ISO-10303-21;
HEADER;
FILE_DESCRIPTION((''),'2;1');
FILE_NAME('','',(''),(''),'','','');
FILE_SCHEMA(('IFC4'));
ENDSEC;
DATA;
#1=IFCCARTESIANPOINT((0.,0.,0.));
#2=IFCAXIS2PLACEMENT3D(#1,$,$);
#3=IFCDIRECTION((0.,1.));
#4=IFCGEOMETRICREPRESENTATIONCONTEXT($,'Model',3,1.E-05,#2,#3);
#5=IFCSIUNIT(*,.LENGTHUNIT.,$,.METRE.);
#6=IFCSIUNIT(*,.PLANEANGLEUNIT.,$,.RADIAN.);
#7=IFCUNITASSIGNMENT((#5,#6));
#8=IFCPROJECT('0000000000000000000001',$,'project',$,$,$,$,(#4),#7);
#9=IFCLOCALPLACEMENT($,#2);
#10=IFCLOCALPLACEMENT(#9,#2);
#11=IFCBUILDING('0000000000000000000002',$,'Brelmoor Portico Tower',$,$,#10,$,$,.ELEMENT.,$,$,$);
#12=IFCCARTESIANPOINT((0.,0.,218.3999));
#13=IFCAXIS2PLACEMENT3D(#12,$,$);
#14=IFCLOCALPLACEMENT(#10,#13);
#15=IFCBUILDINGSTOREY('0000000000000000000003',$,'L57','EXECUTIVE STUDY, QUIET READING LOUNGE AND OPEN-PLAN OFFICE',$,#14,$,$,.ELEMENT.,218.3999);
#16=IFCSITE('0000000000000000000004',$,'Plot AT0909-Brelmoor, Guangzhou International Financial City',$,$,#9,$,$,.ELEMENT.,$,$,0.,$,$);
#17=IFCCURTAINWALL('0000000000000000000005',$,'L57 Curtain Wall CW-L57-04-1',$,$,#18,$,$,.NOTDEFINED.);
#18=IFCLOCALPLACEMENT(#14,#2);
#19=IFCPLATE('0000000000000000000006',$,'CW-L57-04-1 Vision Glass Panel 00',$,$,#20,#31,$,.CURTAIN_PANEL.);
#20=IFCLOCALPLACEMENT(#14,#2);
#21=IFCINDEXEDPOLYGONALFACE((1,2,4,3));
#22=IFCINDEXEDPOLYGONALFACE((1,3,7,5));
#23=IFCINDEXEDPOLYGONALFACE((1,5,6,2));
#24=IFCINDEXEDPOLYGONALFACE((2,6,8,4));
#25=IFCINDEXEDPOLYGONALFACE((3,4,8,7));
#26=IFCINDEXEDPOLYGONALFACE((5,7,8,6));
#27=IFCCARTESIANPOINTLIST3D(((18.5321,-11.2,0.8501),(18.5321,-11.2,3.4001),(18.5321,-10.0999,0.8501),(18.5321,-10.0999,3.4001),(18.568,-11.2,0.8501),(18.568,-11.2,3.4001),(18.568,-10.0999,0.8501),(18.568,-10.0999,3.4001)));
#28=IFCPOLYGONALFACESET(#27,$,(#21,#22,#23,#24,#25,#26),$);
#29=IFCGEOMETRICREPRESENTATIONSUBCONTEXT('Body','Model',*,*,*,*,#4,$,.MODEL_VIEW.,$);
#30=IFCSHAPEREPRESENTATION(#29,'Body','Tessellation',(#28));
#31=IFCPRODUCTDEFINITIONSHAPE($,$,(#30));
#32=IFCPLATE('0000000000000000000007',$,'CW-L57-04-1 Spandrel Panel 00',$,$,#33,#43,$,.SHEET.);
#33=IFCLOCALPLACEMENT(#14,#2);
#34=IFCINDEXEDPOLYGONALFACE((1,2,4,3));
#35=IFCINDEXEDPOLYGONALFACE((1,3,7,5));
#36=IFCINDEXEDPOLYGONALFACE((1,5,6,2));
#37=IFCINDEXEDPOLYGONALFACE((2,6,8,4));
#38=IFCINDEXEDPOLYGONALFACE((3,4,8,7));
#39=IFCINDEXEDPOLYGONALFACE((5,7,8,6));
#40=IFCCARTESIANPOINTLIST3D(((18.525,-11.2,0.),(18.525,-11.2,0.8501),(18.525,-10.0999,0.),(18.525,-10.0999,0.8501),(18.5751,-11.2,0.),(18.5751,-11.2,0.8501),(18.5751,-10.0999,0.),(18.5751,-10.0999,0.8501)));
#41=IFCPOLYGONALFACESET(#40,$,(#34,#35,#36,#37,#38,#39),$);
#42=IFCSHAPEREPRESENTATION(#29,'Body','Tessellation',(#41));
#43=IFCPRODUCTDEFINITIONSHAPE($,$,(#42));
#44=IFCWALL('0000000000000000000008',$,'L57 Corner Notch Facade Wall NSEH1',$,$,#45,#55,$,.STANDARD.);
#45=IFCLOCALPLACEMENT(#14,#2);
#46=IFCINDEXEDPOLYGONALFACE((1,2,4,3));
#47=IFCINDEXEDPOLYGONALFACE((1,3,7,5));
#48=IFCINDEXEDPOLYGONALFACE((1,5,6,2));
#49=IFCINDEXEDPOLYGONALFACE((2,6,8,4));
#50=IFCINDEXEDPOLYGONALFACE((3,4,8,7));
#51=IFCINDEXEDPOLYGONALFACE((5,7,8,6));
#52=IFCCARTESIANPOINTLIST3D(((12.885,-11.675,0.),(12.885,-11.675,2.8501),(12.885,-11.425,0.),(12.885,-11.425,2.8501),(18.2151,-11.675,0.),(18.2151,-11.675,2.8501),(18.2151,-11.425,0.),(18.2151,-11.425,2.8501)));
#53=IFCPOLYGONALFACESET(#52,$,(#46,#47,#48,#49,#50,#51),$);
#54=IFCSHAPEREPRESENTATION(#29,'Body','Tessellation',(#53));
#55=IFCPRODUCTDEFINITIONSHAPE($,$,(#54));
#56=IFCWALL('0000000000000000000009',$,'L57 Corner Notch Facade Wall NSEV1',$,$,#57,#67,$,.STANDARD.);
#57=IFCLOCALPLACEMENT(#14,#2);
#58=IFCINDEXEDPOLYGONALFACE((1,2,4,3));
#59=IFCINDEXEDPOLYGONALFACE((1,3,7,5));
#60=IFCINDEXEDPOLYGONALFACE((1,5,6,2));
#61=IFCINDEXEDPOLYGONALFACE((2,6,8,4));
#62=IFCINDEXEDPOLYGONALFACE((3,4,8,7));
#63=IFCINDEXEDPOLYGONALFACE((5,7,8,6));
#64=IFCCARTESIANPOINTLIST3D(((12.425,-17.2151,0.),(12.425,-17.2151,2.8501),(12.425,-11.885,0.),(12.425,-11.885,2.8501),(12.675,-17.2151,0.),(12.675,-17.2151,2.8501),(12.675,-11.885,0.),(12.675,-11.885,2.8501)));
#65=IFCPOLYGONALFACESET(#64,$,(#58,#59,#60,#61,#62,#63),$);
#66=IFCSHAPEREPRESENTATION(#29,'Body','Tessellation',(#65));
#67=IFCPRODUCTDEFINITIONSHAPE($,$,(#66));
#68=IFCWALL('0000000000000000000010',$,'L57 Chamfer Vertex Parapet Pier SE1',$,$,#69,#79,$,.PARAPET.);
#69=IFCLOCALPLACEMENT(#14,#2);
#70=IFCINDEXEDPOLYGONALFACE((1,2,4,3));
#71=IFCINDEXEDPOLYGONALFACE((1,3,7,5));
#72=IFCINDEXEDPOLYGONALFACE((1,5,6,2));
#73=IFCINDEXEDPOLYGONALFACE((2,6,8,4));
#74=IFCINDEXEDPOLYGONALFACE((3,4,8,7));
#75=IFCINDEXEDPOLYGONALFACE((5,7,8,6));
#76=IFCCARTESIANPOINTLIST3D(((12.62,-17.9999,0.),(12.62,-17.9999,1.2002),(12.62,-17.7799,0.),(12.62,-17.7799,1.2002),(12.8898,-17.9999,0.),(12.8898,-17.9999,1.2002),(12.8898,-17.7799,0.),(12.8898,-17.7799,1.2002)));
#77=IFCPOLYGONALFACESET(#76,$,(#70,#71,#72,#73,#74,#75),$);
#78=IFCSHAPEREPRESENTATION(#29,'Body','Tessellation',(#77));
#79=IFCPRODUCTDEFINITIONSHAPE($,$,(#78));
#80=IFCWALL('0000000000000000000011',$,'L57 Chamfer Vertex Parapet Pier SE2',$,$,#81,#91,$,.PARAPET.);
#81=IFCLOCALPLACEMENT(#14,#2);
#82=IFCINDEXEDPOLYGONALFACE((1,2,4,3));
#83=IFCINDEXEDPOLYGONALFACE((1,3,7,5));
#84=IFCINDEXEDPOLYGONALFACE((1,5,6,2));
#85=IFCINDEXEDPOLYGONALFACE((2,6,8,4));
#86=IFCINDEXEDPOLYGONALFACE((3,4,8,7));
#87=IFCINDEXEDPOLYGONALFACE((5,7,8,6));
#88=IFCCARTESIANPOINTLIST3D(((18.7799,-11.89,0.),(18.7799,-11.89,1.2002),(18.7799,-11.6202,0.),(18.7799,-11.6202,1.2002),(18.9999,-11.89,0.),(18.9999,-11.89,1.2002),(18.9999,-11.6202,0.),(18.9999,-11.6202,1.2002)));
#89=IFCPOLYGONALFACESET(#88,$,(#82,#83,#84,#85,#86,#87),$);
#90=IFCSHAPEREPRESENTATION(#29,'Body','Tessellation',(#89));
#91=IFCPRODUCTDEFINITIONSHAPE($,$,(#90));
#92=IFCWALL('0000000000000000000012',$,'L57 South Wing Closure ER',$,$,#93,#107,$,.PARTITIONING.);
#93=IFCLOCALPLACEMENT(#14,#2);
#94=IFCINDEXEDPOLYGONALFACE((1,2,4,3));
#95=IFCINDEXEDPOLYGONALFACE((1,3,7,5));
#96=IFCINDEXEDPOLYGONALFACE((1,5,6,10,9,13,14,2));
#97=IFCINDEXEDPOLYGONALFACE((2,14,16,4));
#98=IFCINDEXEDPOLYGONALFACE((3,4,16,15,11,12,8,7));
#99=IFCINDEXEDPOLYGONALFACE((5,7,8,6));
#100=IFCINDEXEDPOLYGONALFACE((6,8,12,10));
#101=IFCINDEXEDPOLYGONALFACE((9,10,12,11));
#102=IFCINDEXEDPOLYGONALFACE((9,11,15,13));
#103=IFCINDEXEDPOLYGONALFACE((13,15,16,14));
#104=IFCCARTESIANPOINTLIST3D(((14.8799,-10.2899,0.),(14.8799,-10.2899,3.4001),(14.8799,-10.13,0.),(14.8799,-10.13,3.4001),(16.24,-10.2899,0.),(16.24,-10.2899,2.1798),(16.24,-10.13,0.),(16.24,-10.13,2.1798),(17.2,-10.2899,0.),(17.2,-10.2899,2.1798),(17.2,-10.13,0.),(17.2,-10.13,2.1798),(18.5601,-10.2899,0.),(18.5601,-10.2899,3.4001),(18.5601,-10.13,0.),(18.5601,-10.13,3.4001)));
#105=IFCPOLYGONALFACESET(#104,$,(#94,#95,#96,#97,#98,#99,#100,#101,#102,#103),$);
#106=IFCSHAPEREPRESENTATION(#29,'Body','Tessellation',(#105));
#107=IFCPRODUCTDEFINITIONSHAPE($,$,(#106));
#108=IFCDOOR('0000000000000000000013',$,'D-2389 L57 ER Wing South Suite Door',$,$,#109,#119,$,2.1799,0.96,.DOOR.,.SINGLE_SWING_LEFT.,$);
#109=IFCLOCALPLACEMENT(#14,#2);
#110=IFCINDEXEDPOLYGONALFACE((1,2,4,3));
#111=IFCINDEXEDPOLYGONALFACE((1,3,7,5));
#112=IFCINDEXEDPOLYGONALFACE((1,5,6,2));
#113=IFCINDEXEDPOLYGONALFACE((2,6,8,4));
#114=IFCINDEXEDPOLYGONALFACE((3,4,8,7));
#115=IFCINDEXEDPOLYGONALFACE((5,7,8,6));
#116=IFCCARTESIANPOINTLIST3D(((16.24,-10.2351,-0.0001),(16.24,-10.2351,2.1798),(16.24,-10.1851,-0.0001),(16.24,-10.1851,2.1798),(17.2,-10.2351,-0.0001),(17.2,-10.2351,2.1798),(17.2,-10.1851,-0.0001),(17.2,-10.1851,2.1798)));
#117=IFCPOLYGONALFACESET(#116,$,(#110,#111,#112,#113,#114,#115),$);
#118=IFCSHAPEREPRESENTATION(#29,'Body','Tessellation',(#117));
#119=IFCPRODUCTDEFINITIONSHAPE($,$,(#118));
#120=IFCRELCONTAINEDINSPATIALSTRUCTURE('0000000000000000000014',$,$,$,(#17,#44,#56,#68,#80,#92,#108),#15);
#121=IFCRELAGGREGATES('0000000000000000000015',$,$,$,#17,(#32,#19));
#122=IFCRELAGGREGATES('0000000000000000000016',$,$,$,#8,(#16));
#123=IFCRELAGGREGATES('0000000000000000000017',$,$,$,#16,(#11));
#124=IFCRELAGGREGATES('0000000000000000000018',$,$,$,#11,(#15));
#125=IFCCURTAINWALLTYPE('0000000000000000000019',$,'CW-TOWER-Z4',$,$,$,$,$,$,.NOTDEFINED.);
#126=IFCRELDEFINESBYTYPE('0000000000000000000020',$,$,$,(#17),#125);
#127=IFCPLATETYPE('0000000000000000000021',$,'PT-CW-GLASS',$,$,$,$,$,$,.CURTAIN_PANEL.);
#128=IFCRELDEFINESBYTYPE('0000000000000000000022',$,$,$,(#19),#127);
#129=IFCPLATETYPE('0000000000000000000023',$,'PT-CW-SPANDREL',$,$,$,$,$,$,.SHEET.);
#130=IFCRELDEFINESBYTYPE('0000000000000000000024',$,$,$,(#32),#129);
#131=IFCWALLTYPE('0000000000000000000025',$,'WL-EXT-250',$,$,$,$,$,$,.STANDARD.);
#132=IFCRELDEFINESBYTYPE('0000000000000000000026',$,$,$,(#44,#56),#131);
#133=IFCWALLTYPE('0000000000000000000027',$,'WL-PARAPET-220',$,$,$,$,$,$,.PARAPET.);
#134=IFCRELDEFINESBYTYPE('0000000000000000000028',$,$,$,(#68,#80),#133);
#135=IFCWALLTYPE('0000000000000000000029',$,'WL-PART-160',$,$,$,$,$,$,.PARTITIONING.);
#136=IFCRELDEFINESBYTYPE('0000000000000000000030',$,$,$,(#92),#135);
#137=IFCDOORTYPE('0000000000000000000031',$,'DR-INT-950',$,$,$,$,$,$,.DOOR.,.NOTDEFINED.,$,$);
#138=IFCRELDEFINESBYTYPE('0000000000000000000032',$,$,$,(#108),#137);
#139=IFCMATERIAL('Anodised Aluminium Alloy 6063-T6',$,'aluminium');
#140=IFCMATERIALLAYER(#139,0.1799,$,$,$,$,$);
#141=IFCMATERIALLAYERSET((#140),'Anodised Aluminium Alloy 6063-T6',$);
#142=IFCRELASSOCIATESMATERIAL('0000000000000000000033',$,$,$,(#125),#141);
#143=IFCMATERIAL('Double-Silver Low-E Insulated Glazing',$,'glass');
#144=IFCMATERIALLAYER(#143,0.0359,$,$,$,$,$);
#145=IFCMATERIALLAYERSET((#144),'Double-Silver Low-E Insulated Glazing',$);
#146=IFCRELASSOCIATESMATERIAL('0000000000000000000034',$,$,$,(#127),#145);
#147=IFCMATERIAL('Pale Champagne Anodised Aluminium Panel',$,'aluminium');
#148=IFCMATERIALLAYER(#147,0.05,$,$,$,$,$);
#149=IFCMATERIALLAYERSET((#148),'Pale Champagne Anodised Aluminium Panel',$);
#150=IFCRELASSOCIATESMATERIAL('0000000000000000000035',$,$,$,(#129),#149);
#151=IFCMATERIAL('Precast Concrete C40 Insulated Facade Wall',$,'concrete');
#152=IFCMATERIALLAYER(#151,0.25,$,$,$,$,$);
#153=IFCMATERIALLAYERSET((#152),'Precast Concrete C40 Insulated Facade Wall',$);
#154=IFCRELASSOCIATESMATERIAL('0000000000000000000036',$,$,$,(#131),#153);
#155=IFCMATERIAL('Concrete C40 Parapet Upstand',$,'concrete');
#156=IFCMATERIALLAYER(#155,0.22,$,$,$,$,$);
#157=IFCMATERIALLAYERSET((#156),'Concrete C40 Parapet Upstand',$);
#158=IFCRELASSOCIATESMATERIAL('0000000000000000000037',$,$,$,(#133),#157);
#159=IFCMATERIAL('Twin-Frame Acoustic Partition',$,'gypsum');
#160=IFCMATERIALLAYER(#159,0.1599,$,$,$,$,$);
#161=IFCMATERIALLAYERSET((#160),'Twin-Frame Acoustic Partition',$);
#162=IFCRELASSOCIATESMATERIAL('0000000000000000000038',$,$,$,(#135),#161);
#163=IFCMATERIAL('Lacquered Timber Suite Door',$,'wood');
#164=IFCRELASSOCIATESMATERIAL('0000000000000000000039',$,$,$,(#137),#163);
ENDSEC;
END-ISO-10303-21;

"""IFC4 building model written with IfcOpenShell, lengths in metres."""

from ifc_helpers import new_model, si_unit, direction, frame, frame_2d, origin, origin_2d, place, context, subcontext, project, spatial, rectangle, extrude, material, layer, layer_set, type_object, element, fill, aggregate, save


model = new_model("IFC4")

# Units and contexts
model_context = context("Model", 3, precision=1e-05, world=origin(), true_north=direction((0.0, 1.0)))
body_context = subcontext(model_context, "Body", "Model", "MODEL_VIEW")
ifc_project = project(units=[si_unit("LENGTHUNIT", "METRE"), si_unit("PLANEANGLEUNIT", "RADIAN")], contexts=[model_context])

# Site, building, storey
site_placement = place(None, origin())
site = spatial("IfcSite", under=ifc_project, at=site_placement, Name="Plot AT0909-Brelmoor, Guangzhou International Financial City", CompositionType="ELEMENT", RefElevation=0.0)
building_placement = place(site_placement, origin())
building = spatial("IfcBuilding", under=site, at=building_placement, Name="Brelmoor Portico Tower", CompositionType="ELEMENT")
storey_placement = place(building_placement, frame((0.0, 0.0, 218.3999)))
storey = spatial("IfcBuildingStorey", under=building, at=storey_placement, Name="L57", Description="EXECUTIVE STUDY, QUIET READING LOUNGE AND OPEN-PLAN OFFICE", CompositionType="ELEMENT", Elevation=218.3999)

# Shared definitions
ifc_material_1 = material(Name="Anodised Aluminium Alloy 6063-T6", Category="aluminium")

# Curtain wall, plates
ifc_layer_1 = layer(ifc_material_1, 0.1799)
ifc_layer_set_1 = layer_set([ifc_layer_1], Name="Anodised Aluminium Alloy 6063-T6")
curtain_wall_type_1 = type_object("IfcCurtainWallType", Name="CW-TOWER-Z4", PredefinedType="NOTDEFINED", material=ifc_layer_set_1)
curtain_wall_1_placement = place(storey_placement, origin())
curtain_wall_1 = element("IfcCurtainWall", 1, at=curtain_wall_1_placement, inside=storey, type_object=curtain_wall_type_1, Name="L57 Curtain Wall CW-L57-04-1", PredefinedType="NOTDEFINED")
ifc_material_2 = material(Name="Double-Silver Low-E Insulated Glazing", Category="glass")
ifc_layer_2 = layer(ifc_material_2, 0.0359)
ifc_layer_set_2 = layer_set([ifc_layer_2], Name="Double-Silver Low-E Insulated Glazing")
plate_type_1 = type_object("IfcPlateType", Name="PT-CW-GLASS", PredefinedType="CURTAIN_PANEL", material=ifc_layer_set_2)
plate_1_placement = place(storey_placement, frame((18.55, -10.6499, 0.8501), z_axis=(0.0, 0.0, 1.0), x_axis=(0.0, 1.0, 0.0)))
plate_1 = element("IfcPlate", 2, at=plate_1_placement, type_object=plate_type_1, Name="CW-L57-04-1 Vision Glass Panel 00", PredefinedType="CURTAIN_PANEL", context=body_context, shape_type="SweptSolid", body=[
    extrude(rectangle(XDim=1.1001, YDim=0.0359, at=origin_2d()), origin(), (0.0, 0.0, 1.0), 2.55),
])
ifc_material_3 = material(Name="Pale Champagne Anodised Aluminium Panel", Category="aluminium")
ifc_layer_3 = layer(ifc_material_3, 0.05)
ifc_layer_set_3 = layer_set([ifc_layer_3], Name="Pale Champagne Anodised Aluminium Panel")
plate_type_2 = type_object("IfcPlateType", Name="PT-CW-SPANDREL", PredefinedType="SHEET", material=ifc_layer_set_3)
plate_2_placement = place(storey_placement, frame((18.55, -10.6499, 0.0), z_axis=(0.0, 0.0, 1.0), x_axis=(0.0, 1.0, 0.0)))
plate_2 = element("IfcPlate", 3, at=plate_2_placement, type_object=plate_type_2, Name="CW-L57-04-1 Spandrel Panel 00", PredefinedType="SHEET", context=body_context, shape_type="SweptSolid", body=[
    extrude(rectangle(XDim=1.1001, YDim=0.05, at=origin_2d()), origin(), (0.0, 0.0, 1.0), 0.8501),
])
aggregate(curtain_wall_1, [plate_2, plate_1])

# Walls
ifc_material_4 = material(Name="Precast Concrete C40 Insulated Facade Wall", Category="concrete")
ifc_layer_4 = layer(ifc_material_4, 0.25)
ifc_layer_set_4 = layer_set([ifc_layer_4], Name="Precast Concrete C40 Insulated Facade Wall")
wall_type_1 = type_object("IfcWallType", Name="WL-EXT-250", PredefinedType="STANDARD", material=ifc_layer_set_4)
for number, where, z_axis, x_axis, name in (
    (4, (12.885, -11.55, 0.0), (0.0, 0.0, 1.0), (1.0, 0.0, 0.0), "L57 Corner Notch Facade Wall NSEH1"),
    (5, (12.55, -17.2151, 0.0), (0.0, 0.0, 1.0), (0.0, 1.0, 0.0), "L57 Corner Notch Facade Wall NSEV1"),
):
    element("IfcWall", number, at=place(storey_placement, frame(where, z_axis=z_axis, x_axis=x_axis)), inside=storey, type_object=wall_type_1, Name=name, PredefinedType="STANDARD", context=body_context, shape_type="SweptSolid", body=[
        extrude(rectangle(XDim=5.3301, YDim=0.25, at=frame_2d((2.665, 0.0))), origin(), (0.0, 0.0, 1.0), 2.8501),
    ])
ifc_material_5 = material(Name="Concrete C40 Parapet Upstand", Category="concrete")
ifc_layer_5 = layer(ifc_material_5, 0.22)
ifc_layer_set_5 = layer_set([ifc_layer_5], Name="Concrete C40 Parapet Upstand")
wall_type_2 = type_object("IfcWallType", Name="WL-PARAPET-220", PredefinedType="PARAPET", material=ifc_layer_set_5)
for number, where, z_axis, x_axis, name in (
    (6, (12.6201, -17.8899, 0.0), (0.0, 0.0, 1.0), (1.0, 0.0, 0.0), "L57 Chamfer Vertex Parapet Pier SE1"),
    (7, (18.8899, -11.8899, 0.0), (0.0, 0.0, 1.0), (0.0, 1.0, 0.0), "L57 Chamfer Vertex Parapet Pier SE2"),
):
    element("IfcWall", number, at=place(storey_placement, frame(where, z_axis=z_axis, x_axis=x_axis)), inside=storey, type_object=wall_type_2, Name=name, PredefinedType="PARAPET", context=body_context, shape_type="SweptSolid", body=[
        extrude(rectangle(XDim=0.2698, YDim=0.22, at=frame_2d((0.1348, 0.0))), origin(), (0.0, 0.0, 1.0), 1.2002),
    ])

# Wall, opening, door
ifc_material_6 = material(Name="Twin-Frame Acoustic Partition", Category="gypsum")
ifc_layer_6 = layer(ifc_material_6, 0.1599)
ifc_layer_set_6 = layer_set([ifc_layer_6], Name="Twin-Frame Acoustic Partition")
wall_type_3 = type_object("IfcWallType", Name="WL-PART-160", PredefinedType="PARTITIONING", material=ifc_layer_set_6)
wall_placement = place(storey_placement, frame((14.8799, -10.21, 0.0), z_axis=(0.0, 0.0, 1.0), x_axis=(1.0, 0.0, 0.0)))
wall = element("IfcWall", 8, at=wall_placement, inside=storey, type_object=wall_type_3, Name="L57 South Wing Closure ER", PredefinedType="PARTITIONING", context=body_context, shape_type="SweptSolid", body=[
    extrude(rectangle(XDim=3.6802, YDim=0.1599, at=frame_2d((1.8401, 0.0))), origin(), (0.0, 0.0, 1.0), 3.4001),
])
opening_placement = place(wall_placement, frame((1.3601, 0.0, 0.0)))
opening = element("IfcOpeningElement", 9, at=opening_placement, cuts=wall, PredefinedType="OPENING", context=body_context, shape_type="SweptSolid", body=[
    extrude(rectangle(XDim=0.96, YDim=2.1799, at=frame_2d((0.48, 1.0898))), frame((0.0, 0.0898, 0.0), z_axis=(0.0, -1.0, 0.0), x_axis=(1.0, 0.0, 0.0)), (0.0, 0.0, 1.0), 0.1799),
])
ifc_material_7 = material(Name="Lacquered Timber Suite Door", Category="wood")
door_type = type_object("IfcDoorType", Name="DR-INT-950", OperationType="NOTDEFINED", PredefinedType="DOOR", material=ifc_material_7)
door_placement = place(opening_placement, origin())
door = element("IfcDoor", 10, at=door_placement, inside=storey, type_object=door_type, Name="D-2389 L57 ER Wing South Suite Door", OperationType="SINGLE_SWING_LEFT", OverallHeight=2.1799, OverallWidth=0.96, PredefinedType="DOOR", context=body_context, shape_type="SweptSolid", body=[
    extrude(rectangle(XDim=0.96, YDim=2.1799, at=frame_2d((0.48, 1.0898))), frame((0.0, 0.0249, 0.0), z_axis=(0.0, -1.0, 0.0), x_axis=(1.0, 0.0, 0.0)), (0.0, 0.0, 1.0), 0.05),
])
fill(opening, door)

save(model, "model.ifc")
